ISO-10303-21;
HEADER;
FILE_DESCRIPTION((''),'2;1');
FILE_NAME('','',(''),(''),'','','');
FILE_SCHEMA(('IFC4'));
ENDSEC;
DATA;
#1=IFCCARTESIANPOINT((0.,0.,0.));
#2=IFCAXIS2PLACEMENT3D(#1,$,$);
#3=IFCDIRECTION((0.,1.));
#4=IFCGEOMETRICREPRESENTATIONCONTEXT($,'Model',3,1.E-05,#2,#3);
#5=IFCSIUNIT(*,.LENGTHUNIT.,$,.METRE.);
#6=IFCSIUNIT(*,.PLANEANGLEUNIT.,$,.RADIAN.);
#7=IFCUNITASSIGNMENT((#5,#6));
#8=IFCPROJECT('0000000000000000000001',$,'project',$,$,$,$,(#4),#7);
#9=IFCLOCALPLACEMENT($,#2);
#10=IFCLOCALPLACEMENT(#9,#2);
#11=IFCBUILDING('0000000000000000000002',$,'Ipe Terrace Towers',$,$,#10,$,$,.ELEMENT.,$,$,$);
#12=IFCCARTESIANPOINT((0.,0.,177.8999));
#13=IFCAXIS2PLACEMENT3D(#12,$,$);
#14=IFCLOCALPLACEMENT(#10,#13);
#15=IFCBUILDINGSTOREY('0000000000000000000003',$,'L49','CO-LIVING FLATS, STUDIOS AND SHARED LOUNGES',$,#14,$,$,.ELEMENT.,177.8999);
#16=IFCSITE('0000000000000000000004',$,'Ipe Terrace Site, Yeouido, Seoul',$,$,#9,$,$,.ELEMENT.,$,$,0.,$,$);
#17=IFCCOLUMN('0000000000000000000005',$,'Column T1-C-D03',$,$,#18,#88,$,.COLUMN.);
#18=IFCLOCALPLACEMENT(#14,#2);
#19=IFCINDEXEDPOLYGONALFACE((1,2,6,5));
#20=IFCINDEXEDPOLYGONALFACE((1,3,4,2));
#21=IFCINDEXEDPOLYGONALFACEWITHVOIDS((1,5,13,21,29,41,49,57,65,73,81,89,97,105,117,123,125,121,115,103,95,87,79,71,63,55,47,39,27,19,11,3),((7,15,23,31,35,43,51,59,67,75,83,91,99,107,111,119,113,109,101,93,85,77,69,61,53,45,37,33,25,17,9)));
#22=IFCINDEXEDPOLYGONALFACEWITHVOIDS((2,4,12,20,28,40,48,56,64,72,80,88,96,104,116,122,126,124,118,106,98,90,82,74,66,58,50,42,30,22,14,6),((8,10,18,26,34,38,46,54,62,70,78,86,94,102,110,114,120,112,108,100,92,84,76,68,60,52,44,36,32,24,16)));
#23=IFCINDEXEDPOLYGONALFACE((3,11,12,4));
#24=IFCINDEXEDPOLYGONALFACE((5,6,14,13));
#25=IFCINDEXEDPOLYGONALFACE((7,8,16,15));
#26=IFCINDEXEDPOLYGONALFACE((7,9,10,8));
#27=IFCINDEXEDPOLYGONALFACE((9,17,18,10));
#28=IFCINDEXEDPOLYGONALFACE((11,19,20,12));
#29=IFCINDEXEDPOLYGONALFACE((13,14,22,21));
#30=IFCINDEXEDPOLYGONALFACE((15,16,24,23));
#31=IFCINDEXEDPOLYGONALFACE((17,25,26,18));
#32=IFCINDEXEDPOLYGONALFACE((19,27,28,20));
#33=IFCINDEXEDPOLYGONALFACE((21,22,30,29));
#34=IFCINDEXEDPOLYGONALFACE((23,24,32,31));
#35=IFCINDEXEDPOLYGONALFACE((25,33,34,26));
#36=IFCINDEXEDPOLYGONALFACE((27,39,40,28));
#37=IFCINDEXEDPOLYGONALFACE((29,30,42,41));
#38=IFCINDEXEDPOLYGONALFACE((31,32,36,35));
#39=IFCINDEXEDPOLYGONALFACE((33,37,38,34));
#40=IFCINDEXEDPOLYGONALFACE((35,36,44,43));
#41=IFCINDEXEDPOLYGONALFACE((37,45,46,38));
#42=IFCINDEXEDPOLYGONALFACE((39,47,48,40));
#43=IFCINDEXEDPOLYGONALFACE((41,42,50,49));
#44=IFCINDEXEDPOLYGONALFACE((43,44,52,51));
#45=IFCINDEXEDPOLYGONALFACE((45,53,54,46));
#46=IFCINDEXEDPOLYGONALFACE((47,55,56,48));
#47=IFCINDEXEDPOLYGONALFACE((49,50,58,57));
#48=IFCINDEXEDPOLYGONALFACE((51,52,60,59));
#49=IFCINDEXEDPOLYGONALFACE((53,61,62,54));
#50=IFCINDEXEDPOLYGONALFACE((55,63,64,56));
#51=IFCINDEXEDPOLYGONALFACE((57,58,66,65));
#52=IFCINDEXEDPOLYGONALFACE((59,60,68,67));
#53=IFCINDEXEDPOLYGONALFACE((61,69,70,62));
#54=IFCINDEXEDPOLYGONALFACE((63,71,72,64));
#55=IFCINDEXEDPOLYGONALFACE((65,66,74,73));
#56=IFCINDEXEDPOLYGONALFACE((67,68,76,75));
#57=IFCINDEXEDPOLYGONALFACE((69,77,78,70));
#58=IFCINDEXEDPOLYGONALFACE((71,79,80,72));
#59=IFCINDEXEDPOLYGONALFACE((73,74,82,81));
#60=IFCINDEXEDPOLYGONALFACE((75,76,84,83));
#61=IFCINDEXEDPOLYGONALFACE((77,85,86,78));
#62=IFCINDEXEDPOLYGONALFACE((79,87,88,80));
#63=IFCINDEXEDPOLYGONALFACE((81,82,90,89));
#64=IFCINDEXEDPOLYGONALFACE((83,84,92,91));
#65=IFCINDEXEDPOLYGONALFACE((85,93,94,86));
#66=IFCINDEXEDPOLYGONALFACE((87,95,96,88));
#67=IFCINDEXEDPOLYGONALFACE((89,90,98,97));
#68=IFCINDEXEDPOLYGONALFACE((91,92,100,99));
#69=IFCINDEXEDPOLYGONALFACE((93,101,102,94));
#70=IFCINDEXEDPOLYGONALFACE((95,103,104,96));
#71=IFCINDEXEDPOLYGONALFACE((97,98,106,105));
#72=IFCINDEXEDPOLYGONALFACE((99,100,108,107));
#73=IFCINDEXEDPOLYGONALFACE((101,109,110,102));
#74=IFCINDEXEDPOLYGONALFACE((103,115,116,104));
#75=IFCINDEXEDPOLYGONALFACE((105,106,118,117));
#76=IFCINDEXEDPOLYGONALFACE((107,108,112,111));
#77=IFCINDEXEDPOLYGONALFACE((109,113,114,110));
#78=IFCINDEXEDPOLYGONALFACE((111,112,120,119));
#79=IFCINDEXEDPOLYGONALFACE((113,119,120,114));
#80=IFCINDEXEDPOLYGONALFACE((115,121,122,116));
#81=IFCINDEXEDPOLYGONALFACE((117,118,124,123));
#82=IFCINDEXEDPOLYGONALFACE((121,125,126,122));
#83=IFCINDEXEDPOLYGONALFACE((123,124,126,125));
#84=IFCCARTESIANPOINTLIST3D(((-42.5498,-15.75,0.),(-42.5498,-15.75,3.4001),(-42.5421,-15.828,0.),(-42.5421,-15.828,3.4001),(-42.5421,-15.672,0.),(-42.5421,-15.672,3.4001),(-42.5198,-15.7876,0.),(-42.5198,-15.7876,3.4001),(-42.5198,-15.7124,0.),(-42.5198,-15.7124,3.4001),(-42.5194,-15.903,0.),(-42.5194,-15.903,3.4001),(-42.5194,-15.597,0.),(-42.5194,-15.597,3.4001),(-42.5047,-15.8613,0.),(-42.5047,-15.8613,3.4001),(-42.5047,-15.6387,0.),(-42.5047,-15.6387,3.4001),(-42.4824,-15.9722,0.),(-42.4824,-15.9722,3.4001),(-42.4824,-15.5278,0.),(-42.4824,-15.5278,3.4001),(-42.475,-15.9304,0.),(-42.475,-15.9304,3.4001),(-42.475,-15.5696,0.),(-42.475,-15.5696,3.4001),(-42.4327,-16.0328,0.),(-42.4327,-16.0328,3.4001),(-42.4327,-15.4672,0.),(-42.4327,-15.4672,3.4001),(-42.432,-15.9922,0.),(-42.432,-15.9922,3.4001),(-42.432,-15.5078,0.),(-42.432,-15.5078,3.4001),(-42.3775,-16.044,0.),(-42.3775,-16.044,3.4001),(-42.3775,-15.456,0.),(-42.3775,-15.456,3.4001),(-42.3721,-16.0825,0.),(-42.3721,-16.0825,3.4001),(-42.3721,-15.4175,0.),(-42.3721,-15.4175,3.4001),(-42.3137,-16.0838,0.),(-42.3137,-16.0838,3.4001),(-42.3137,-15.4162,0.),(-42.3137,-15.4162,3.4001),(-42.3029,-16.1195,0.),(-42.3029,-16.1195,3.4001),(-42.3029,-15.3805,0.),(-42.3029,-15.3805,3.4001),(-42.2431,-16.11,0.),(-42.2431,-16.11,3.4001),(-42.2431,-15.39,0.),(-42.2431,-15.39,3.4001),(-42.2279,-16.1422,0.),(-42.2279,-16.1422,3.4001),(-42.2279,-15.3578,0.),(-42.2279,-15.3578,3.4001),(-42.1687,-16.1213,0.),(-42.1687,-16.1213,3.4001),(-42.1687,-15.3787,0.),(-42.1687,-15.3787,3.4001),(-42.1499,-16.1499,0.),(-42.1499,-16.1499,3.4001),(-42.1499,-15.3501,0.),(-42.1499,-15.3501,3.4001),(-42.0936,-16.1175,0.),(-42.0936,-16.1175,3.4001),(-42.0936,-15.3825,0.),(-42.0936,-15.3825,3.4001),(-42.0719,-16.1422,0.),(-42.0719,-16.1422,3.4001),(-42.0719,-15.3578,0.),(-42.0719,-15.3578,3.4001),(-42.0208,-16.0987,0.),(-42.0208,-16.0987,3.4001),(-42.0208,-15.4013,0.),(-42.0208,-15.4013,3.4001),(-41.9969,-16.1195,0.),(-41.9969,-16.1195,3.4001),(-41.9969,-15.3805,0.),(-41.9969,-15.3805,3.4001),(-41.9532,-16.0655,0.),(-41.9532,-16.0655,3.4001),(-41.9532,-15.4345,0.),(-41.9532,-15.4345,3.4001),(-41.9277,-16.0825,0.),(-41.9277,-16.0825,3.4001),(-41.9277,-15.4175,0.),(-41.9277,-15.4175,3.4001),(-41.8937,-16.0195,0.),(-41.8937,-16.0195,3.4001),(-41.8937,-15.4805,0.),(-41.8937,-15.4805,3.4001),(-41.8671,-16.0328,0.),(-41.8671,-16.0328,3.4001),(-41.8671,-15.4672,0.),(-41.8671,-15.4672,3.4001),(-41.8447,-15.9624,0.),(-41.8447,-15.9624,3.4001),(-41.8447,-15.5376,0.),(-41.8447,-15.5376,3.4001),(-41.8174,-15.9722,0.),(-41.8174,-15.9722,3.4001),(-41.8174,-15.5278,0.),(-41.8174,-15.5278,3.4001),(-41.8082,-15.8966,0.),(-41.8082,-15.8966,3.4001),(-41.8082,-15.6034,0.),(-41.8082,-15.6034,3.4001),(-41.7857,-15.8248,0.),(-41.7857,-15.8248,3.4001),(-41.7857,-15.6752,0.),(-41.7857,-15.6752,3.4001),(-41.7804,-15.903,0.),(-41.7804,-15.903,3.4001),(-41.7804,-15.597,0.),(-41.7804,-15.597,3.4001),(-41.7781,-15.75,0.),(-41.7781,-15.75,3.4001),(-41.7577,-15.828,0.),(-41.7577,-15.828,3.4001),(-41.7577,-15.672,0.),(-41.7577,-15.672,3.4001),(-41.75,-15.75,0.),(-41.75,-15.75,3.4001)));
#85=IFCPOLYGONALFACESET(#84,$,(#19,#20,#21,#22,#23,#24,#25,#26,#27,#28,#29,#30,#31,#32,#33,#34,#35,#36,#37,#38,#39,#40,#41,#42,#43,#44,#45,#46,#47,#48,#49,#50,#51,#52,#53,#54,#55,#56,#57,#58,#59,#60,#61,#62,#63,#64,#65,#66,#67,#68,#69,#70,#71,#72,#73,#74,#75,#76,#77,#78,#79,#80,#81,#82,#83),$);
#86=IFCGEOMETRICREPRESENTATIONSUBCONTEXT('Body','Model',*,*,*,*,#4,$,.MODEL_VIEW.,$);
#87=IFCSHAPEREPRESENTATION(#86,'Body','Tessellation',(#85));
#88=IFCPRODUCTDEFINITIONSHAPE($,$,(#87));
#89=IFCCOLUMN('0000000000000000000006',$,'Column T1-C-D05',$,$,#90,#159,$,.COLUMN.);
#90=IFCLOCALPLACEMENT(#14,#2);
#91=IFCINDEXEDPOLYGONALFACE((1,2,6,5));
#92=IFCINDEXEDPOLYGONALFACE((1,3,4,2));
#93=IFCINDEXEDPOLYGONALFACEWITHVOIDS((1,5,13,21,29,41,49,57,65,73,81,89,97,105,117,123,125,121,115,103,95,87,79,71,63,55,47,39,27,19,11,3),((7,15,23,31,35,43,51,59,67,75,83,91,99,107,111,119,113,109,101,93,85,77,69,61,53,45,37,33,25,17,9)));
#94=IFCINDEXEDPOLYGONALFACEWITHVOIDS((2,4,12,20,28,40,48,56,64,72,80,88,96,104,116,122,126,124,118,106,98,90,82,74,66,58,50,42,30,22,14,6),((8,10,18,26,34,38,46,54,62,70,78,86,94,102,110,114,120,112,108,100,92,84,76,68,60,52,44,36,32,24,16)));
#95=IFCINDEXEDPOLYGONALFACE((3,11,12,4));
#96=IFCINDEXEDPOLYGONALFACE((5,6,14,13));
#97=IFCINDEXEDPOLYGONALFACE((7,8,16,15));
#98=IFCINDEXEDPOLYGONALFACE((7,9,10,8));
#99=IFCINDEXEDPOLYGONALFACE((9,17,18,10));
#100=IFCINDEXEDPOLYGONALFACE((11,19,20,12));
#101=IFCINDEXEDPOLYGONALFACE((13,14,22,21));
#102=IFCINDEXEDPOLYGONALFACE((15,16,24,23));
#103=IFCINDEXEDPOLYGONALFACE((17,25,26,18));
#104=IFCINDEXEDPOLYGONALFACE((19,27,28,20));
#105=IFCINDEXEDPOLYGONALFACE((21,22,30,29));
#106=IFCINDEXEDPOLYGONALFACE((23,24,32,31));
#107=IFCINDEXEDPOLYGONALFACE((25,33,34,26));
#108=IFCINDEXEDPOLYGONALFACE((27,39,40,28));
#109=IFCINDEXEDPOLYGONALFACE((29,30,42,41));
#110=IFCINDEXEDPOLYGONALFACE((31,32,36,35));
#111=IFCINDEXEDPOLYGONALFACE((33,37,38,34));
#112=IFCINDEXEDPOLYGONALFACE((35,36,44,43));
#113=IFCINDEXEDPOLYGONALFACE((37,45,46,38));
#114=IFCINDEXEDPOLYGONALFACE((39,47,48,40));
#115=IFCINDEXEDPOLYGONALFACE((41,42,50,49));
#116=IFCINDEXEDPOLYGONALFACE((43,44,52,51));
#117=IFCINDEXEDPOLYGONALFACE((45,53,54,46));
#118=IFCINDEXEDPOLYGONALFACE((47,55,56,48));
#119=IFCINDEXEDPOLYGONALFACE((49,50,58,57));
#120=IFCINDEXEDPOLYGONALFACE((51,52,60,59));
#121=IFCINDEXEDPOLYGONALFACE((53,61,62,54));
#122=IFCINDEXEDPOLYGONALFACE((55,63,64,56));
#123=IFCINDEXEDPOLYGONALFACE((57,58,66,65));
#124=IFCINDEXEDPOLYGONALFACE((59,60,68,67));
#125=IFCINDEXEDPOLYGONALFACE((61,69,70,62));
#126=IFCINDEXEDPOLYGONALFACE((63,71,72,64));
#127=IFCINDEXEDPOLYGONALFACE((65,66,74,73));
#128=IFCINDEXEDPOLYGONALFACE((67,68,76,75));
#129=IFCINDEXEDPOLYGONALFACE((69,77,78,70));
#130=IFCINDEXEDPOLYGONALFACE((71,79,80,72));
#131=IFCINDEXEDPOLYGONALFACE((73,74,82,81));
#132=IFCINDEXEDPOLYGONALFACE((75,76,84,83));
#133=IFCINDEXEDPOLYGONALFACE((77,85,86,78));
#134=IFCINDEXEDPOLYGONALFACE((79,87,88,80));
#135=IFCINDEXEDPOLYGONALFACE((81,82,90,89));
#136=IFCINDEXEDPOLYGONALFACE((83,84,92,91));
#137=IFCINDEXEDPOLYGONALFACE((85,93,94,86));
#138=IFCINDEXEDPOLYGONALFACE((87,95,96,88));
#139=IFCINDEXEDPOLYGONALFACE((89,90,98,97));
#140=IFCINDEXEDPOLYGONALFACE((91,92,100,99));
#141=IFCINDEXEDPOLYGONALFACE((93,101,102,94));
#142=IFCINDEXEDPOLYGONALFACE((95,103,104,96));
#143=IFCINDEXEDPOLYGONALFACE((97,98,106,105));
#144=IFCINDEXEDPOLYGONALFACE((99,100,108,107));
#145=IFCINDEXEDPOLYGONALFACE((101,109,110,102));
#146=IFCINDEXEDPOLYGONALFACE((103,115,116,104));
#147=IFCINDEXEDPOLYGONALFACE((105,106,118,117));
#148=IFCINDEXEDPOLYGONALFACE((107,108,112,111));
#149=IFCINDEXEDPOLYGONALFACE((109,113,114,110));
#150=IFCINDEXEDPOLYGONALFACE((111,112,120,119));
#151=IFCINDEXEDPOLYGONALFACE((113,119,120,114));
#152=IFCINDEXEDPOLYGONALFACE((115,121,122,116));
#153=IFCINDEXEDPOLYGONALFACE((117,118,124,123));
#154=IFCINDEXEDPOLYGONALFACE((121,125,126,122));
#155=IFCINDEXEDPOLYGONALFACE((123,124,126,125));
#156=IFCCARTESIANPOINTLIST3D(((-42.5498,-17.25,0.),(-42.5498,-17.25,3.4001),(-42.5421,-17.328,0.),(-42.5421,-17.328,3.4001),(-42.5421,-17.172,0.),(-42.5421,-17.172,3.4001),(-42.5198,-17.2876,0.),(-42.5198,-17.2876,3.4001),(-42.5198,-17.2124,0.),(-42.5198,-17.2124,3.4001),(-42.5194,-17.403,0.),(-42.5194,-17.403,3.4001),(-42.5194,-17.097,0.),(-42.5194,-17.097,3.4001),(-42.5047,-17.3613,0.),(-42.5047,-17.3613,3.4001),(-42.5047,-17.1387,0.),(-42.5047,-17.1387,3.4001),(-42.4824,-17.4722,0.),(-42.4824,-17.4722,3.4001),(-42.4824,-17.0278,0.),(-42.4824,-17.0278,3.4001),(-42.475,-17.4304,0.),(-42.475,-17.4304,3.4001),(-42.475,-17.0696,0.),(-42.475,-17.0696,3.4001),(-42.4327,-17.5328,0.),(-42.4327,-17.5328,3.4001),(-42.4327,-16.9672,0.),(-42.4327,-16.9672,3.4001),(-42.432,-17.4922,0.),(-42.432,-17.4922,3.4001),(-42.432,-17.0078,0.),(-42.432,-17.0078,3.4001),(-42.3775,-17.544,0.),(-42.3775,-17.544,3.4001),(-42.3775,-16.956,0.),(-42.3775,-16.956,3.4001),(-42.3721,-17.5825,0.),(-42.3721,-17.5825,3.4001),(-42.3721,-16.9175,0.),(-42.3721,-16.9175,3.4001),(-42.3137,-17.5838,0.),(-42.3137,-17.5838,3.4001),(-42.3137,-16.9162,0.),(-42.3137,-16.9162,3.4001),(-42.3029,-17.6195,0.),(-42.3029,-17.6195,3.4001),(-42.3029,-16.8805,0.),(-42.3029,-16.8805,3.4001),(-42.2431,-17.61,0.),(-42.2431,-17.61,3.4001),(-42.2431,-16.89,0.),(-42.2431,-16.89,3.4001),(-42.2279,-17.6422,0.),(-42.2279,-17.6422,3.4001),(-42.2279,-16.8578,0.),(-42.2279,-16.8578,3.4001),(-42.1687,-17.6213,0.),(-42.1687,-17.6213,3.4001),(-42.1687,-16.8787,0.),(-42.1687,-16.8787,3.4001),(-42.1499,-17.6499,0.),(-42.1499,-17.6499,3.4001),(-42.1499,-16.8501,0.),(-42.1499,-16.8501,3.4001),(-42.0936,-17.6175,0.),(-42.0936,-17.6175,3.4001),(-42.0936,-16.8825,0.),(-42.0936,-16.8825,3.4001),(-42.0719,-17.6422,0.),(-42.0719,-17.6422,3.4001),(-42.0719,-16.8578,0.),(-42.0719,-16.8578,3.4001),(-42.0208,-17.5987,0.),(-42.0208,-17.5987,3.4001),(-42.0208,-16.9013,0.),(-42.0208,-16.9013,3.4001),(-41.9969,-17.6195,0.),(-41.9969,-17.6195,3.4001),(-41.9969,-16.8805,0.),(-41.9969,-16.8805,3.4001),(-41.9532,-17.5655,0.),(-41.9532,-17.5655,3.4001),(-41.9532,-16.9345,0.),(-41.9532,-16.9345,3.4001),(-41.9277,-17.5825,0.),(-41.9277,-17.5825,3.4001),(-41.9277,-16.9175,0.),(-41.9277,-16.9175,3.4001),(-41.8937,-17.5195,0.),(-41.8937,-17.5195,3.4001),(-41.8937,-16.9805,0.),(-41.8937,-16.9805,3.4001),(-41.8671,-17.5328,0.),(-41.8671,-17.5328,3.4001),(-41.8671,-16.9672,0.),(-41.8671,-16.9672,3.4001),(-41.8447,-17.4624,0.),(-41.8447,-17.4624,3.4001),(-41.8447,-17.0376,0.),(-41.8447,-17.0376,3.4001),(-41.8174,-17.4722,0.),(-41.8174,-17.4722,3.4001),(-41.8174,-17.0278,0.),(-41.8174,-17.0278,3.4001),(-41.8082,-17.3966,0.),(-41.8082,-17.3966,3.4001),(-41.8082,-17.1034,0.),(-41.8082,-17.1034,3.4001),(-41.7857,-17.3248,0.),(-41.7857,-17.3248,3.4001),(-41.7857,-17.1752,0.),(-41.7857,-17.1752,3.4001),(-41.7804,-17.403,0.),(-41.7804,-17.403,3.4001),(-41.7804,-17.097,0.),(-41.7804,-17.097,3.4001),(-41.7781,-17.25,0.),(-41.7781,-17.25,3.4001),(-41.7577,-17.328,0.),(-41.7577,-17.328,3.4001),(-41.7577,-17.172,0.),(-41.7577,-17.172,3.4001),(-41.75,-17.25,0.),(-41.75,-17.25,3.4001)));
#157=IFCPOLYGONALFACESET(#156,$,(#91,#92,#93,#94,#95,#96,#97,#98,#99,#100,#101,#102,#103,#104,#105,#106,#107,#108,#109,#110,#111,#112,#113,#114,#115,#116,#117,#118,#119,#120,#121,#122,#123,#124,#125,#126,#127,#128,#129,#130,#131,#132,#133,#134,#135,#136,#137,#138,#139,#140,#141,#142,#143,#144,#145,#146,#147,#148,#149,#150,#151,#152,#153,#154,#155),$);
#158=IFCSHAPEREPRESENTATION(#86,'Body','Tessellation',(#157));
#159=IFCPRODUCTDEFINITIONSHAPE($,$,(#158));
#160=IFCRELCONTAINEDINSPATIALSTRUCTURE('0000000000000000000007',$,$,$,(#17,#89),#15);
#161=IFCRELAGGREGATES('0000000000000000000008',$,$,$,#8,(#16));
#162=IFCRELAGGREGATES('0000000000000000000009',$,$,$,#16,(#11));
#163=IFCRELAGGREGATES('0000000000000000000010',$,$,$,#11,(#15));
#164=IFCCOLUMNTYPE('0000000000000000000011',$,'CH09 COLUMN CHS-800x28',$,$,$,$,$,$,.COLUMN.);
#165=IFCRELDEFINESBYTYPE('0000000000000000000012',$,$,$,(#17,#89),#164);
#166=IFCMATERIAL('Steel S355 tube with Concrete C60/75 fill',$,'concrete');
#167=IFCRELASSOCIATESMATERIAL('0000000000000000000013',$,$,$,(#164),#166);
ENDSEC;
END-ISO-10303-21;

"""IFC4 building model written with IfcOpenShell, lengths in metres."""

from ifc_helpers import new_model, si_unit, direction, frame, origin, origin_2d, place, context, subcontext, project, spatial, hollow_circle, extrude, material, material_profile, profile_set, type_object, element, save


model = new_model("IFC4")

# Units and contexts
model_context = context("Model", 3, precision=1e-05, world=origin(), true_north=direction((0.0, 1.0)))
body_context = subcontext(model_context, "Body", "Model", "MODEL_VIEW")
ifc_project = project(units=[si_unit("LENGTHUNIT", "METRE"), si_unit("PLANEANGLEUNIT", "RADIAN")], contexts=[model_context])

# Site, building, storey
site_placement = place(None, origin())
site = spatial("IfcSite", under=ifc_project, at=site_placement, Name="Ipe Terrace Site, Yeouido, Seoul", CompositionType="ELEMENT", RefElevation=0.0)
building_placement = place(site_placement, origin())
building = spatial("IfcBuilding", under=site, at=building_placement, Name="Ipe Terrace Towers", CompositionType="ELEMENT")
storey_placement = place(building_placement, frame((0.0, 0.0, 177.8999)))
storey = spatial("IfcBuildingStorey", under=building, at=storey_placement, Name="L49", Description="CO-LIVING FLATS, STUDIOS AND SHARED LOUNGES", CompositionType="ELEMENT", Elevation=177.8999)

# Columns
ifc_material_1 = material(Name="Steel S355 tube with Concrete C60/75 fill", Category="concrete")
ifc_material_profile_1 = material_profile(ifc_material_1, hollow_circle(Radius=0.3999, WallThickness=0.0281, at=origin_2d()), Name="CHS-800x28")
ifc_profile_set_1 = profile_set([ifc_material_profile_1], Name="Steel S355 tube with Concrete C60/75 fill")
column_type_1 = type_object("IfcColumnType", Name="CH09 COLUMN CHS-800x28", PredefinedType="COLUMN", material=ifc_profile_set_1)
for number, where, z_axis, x_axis, name in (
    (1, (-42.1499, -15.75, 0.0), (0.0, 0.0, 1.0), (1.0, 0.0, 0.0), "Column T1-C-D03"),
    (2, (-42.1499, -17.25, 0.0), (0.0, 0.0, 1.0), (1.0, 0.0, 0.0), "Column T1-C-D05"),
):
    element("IfcColumn", number, at=place(storey_placement, frame(where, z_axis=z_axis, x_axis=x_axis)), inside=storey, type_object=column_type_1, Name=name, PredefinedType="COLUMN", context=body_context, shape_type="SweptSolid", body=[
        extrude(hollow_circle(Radius=0.3999, WallThickness=0.0281, at=origin_2d()), origin(), (0.0, 0.0, 1.0), 3.4001),
    ])

save(model, "model.ifc")
